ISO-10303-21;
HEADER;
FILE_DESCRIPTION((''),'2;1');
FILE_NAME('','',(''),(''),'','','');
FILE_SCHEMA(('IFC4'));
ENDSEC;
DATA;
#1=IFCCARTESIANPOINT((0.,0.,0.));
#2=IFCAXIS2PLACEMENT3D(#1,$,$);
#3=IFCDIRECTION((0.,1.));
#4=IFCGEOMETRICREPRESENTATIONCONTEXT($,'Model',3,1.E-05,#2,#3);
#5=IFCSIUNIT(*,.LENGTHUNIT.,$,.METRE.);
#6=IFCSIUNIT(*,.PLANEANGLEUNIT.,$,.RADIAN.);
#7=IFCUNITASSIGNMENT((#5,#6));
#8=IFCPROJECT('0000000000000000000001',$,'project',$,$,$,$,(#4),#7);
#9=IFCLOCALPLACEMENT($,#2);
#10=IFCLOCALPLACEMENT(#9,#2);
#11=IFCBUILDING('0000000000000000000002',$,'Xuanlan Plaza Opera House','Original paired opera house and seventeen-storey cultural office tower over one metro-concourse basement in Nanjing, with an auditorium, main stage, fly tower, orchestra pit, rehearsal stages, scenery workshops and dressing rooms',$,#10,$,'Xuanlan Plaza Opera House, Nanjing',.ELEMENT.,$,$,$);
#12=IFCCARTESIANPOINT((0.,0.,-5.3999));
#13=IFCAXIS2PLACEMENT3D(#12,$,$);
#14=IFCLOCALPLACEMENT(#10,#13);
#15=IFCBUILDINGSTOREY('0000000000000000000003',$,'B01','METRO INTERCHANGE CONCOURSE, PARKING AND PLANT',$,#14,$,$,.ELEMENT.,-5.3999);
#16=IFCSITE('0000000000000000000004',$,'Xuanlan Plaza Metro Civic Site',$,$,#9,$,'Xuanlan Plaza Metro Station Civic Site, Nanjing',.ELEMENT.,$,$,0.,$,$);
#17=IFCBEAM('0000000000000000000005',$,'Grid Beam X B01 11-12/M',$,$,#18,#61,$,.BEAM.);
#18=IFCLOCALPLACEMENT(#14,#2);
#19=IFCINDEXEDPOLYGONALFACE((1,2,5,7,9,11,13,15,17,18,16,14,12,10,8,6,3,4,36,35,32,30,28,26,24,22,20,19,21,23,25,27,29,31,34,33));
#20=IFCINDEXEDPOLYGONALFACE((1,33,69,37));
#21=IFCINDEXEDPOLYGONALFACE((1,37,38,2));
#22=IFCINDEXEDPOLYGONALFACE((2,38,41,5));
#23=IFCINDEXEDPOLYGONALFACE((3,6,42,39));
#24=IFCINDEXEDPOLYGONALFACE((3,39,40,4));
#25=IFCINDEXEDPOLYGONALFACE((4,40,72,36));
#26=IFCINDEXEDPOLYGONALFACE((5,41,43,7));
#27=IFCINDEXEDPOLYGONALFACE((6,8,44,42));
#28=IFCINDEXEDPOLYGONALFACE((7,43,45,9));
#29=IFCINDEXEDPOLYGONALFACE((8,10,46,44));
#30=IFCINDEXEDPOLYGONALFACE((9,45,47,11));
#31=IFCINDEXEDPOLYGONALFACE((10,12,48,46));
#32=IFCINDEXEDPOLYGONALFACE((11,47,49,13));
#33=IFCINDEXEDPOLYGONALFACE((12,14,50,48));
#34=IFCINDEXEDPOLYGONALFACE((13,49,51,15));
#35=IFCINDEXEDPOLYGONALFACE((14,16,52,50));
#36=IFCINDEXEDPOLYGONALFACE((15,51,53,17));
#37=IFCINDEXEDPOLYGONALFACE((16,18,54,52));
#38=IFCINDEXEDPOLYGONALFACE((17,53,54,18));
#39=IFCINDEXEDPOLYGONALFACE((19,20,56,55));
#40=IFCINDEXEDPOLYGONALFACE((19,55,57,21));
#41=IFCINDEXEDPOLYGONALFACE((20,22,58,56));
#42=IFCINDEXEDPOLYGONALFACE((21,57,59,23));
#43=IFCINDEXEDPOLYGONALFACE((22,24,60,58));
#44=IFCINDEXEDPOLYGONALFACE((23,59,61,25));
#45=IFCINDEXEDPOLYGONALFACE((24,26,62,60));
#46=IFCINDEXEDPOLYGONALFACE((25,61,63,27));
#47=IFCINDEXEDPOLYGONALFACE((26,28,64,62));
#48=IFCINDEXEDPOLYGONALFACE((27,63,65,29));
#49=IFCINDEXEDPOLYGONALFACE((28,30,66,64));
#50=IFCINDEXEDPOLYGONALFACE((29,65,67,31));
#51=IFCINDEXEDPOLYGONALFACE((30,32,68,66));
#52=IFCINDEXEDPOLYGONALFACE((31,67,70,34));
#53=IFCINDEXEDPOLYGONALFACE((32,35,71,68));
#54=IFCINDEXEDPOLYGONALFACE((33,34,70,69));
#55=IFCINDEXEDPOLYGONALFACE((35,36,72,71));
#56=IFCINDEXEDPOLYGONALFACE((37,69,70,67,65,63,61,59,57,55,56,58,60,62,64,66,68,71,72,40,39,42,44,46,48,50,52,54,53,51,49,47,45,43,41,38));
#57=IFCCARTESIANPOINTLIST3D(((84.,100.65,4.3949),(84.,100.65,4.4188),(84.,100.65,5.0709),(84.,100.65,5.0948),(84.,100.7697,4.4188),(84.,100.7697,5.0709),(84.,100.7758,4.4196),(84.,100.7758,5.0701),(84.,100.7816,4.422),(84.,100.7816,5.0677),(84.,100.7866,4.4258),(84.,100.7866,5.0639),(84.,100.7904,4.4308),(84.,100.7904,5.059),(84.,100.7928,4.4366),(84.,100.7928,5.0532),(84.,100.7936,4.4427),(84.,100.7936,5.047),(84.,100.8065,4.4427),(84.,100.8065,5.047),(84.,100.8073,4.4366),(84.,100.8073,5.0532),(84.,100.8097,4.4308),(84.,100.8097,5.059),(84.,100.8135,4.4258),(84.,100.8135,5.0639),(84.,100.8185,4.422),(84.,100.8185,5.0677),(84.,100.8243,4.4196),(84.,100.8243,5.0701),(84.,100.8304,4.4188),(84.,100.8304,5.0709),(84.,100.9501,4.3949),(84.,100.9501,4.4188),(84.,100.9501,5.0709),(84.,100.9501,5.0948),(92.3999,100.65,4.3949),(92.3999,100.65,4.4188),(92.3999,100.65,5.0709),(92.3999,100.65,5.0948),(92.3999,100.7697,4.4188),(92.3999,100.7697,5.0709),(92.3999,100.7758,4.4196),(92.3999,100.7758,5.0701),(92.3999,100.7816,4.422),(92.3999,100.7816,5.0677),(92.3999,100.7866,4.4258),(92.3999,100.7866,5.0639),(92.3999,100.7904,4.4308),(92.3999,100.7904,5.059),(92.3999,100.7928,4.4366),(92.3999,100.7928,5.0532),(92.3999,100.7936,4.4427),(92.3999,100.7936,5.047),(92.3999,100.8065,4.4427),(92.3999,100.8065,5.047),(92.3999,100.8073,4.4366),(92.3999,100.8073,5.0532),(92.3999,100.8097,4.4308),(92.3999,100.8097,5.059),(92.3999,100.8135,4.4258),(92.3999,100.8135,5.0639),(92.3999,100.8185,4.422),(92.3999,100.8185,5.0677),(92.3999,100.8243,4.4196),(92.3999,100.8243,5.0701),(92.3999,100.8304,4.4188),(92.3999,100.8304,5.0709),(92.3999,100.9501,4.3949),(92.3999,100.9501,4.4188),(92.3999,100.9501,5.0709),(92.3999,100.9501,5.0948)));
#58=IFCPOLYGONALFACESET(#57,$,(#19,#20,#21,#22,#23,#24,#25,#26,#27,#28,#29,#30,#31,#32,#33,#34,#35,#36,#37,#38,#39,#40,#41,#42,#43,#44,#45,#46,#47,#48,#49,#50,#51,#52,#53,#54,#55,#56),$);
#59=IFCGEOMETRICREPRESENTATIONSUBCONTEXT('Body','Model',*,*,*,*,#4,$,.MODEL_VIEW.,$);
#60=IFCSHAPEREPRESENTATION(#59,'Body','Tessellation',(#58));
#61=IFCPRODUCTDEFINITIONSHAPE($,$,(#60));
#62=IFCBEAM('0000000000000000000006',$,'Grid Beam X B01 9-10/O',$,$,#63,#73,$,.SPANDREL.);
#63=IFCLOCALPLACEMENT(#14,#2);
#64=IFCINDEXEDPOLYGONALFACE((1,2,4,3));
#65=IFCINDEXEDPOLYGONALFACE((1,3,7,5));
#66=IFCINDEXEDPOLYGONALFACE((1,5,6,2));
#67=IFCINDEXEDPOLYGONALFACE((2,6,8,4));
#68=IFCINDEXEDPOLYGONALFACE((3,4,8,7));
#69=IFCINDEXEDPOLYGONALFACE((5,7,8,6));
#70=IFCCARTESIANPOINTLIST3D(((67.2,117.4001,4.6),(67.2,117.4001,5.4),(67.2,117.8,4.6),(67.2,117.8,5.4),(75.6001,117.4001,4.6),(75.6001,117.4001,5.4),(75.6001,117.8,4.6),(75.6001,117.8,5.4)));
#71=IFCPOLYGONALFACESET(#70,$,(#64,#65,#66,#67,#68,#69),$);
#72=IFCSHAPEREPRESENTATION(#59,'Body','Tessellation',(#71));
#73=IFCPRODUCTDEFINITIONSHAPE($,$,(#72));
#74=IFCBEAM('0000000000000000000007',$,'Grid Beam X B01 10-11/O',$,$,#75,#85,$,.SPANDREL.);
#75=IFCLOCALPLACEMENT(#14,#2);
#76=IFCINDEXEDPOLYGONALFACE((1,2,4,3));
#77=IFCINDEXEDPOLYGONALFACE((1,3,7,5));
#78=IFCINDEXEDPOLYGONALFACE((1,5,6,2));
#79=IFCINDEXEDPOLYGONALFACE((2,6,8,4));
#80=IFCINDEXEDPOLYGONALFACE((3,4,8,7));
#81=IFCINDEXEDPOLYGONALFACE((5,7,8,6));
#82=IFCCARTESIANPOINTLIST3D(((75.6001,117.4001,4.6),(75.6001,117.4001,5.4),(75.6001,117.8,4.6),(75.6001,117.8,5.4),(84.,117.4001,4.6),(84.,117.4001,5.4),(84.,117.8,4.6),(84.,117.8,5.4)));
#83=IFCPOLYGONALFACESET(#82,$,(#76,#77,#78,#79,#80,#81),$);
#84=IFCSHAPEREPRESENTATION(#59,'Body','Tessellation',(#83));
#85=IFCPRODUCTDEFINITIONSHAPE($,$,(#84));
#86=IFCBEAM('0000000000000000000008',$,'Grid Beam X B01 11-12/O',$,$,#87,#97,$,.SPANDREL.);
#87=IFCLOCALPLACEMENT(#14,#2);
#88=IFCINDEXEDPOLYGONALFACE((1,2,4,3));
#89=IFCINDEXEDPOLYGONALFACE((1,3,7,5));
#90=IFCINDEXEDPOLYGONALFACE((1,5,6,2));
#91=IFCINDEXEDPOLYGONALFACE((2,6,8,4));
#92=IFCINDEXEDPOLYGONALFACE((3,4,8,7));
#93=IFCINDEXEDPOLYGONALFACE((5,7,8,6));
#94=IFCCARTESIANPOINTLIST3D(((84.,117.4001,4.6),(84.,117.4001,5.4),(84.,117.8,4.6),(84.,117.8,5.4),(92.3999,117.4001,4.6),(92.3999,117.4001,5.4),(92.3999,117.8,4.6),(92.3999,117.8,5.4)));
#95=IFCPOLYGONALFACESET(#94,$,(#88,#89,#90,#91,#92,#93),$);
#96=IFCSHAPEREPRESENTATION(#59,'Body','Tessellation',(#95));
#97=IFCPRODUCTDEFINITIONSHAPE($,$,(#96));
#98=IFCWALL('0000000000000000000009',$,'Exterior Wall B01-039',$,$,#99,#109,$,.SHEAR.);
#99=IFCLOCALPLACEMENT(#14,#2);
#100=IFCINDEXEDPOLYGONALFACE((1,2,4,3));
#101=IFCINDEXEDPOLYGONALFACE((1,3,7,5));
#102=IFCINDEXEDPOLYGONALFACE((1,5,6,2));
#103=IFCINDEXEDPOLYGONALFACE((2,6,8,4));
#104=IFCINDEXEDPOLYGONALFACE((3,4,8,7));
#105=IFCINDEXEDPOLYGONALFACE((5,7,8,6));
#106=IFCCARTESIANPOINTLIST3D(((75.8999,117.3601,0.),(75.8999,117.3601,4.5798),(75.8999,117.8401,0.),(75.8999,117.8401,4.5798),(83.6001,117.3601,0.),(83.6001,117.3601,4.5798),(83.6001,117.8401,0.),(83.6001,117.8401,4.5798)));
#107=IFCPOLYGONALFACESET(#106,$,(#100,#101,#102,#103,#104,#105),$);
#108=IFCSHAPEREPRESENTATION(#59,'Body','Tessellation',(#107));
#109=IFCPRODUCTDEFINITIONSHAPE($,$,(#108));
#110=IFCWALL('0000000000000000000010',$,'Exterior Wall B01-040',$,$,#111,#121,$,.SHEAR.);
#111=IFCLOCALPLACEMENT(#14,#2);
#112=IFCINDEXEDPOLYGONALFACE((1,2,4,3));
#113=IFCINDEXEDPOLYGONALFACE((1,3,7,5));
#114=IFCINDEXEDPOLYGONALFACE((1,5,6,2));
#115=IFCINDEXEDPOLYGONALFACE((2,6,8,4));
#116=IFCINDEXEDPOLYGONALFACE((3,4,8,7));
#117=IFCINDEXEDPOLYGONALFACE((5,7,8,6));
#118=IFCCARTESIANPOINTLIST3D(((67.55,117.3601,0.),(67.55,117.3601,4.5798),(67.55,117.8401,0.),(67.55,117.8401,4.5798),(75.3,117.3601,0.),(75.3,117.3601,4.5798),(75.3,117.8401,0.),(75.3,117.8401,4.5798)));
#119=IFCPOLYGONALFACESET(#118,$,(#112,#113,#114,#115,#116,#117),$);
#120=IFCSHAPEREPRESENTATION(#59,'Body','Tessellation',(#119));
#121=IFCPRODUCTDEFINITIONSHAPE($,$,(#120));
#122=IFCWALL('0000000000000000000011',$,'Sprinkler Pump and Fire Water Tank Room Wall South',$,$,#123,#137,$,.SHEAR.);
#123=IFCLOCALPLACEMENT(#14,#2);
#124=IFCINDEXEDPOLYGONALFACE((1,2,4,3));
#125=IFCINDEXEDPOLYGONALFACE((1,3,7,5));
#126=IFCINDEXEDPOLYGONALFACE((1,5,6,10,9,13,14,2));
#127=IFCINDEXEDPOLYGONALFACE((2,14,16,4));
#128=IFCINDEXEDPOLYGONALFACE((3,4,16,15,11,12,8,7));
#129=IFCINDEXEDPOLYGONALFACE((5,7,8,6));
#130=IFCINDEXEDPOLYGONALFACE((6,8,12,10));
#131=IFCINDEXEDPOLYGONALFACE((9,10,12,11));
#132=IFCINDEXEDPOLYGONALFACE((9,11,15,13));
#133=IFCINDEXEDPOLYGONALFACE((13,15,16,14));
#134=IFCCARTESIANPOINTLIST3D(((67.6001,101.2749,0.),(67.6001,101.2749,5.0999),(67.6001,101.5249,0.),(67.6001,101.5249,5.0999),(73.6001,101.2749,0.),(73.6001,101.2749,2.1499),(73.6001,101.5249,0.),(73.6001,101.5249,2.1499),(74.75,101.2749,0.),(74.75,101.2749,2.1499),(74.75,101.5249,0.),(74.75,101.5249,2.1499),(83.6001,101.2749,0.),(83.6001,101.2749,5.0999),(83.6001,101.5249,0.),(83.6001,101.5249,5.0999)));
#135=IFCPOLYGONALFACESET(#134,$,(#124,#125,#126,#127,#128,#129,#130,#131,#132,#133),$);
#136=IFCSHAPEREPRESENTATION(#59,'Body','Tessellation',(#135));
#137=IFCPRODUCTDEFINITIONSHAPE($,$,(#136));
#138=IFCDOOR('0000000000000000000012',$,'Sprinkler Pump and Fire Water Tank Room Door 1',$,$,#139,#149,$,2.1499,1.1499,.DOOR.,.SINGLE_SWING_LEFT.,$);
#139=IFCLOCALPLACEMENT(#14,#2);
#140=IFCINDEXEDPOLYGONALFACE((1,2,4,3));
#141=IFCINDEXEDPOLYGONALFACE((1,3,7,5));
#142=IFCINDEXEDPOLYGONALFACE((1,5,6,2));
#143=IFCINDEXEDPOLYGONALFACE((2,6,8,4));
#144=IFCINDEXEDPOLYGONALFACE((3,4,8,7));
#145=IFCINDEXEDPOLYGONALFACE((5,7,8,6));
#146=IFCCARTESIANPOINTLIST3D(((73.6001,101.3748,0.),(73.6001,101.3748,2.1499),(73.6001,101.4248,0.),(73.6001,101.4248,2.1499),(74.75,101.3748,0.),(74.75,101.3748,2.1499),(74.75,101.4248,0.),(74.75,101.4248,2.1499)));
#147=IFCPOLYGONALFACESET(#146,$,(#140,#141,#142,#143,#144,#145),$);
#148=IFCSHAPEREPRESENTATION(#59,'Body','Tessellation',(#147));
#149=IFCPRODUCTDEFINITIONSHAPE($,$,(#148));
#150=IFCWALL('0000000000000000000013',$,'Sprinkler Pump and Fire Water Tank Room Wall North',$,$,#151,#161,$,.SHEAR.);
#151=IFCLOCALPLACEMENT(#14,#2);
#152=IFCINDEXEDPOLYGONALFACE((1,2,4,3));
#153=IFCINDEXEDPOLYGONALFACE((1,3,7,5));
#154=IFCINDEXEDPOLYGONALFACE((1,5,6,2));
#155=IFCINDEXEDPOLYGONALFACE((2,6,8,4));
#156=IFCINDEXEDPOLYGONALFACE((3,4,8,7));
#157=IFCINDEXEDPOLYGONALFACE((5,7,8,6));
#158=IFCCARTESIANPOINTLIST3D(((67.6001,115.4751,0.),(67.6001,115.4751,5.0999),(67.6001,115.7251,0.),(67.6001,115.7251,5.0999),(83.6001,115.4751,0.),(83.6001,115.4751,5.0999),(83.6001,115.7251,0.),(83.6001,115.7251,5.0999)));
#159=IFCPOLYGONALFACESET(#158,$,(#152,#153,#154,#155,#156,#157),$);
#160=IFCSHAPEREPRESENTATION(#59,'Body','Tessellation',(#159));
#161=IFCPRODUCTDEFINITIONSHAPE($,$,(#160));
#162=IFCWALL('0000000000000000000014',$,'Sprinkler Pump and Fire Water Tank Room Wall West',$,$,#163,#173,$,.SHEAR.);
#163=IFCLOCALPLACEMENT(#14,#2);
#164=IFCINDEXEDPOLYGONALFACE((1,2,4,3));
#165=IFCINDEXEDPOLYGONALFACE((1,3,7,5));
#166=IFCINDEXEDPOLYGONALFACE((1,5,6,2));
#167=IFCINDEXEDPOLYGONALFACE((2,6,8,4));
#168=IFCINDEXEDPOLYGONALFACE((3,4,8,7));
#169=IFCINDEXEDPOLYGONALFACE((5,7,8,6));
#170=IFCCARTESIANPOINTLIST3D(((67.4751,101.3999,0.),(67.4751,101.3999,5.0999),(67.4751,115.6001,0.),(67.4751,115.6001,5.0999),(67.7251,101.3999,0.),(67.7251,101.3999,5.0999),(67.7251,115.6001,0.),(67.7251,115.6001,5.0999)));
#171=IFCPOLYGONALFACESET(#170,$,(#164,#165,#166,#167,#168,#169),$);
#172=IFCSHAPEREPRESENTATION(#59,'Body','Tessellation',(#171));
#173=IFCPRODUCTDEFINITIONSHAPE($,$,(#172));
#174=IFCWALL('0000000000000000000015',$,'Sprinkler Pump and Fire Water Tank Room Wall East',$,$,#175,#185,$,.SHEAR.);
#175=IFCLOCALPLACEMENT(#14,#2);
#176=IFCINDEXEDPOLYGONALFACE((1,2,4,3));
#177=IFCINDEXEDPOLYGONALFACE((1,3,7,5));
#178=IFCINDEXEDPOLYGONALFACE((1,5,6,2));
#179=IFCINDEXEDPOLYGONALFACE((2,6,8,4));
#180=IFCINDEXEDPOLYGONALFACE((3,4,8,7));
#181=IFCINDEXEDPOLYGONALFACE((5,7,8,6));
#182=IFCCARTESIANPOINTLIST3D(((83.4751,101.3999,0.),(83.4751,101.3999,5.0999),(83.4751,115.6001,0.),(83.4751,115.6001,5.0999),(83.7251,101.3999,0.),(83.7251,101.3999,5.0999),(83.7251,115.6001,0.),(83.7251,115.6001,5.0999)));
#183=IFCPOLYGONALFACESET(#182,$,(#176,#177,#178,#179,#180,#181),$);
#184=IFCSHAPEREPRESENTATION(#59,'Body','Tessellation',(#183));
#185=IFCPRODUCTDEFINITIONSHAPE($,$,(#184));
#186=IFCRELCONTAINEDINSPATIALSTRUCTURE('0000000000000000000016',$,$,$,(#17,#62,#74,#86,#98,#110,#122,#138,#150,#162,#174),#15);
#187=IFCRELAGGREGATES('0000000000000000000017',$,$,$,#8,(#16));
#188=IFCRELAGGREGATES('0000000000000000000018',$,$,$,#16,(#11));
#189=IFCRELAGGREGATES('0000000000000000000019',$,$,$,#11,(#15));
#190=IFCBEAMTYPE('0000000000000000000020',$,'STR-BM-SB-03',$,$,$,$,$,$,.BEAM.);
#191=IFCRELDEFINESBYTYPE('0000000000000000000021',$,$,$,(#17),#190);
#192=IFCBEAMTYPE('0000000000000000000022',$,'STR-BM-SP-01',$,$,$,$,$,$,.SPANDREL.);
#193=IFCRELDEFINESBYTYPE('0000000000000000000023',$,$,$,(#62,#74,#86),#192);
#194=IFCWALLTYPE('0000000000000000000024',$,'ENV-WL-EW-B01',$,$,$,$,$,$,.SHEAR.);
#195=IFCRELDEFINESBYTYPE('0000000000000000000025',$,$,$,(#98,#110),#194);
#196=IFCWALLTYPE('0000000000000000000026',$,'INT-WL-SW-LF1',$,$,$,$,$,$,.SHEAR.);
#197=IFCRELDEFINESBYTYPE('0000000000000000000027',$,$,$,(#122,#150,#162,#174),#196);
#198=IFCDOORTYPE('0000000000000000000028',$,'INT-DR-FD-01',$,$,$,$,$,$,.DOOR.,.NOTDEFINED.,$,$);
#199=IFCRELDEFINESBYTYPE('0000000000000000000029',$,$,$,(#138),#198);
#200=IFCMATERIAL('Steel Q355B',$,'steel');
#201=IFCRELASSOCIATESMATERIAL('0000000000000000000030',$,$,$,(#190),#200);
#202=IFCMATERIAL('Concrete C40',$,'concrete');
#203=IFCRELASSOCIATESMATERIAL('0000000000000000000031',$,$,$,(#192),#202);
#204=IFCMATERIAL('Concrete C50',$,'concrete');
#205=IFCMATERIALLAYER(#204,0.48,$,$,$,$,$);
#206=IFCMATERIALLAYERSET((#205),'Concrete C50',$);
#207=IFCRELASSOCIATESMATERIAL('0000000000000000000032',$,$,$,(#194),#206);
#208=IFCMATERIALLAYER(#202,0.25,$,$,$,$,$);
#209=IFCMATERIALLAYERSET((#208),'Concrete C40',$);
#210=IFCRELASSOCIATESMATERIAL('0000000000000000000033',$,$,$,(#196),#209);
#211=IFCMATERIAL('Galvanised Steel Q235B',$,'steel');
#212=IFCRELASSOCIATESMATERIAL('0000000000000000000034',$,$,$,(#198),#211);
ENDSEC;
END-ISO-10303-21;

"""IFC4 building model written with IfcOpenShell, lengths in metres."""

from ifc_helpers import new_model, si_unit, direction, frame, frame_2d, origin, origin_2d, place, context, subcontext, project, spatial, rectangle, i_section, extrude, material, layer, layer_set, material_profile, profile_set, type_object, element, fill, save


model = new_model("IFC4")

# Units and contexts
model_context = context("Model", 3, precision=1e-05, world=origin(), true_north=direction((0.0, 1.0)))
body_context = subcontext(model_context, "Body", "Model", "MODEL_VIEW")
ifc_project = project(units=[si_unit("LENGTHUNIT", "METRE"), si_unit("PLANEANGLEUNIT", "RADIAN")], contexts=[model_context])

# Site, building, storey
site_placement = place(None, origin())
site = spatial("IfcSite", under=ifc_project, at=site_placement, Name="Xuanlan Plaza Metro Civic Site", LongName="Xuanlan Plaza Metro Station Civic Site, Nanjing", CompositionType="ELEMENT", RefElevation=0.0)
building_placement = place(site_placement, origin())
building = spatial("IfcBuilding", under=site, at=building_placement, Name="Xuanlan Plaza Opera House", Description="Original paired opera house and seventeen-storey cultural office tower over one metro-concourse basement in Nanjing, with an auditorium, main stage, fly tower, orchestra pit, rehearsal stages, scenery workshops and dressing rooms", LongName="Xuanlan Plaza Opera House, Nanjing", CompositionType="ELEMENT")
storey_placement = place(building_placement, frame((0.0, 0.0, -5.3999)))
storey = spatial("IfcBuildingStorey", under=building, at=storey_placement, Name="B01", Description="METRO INTERCHANGE CONCOURSE, PARKING AND PLANT", CompositionType="ELEMENT", Elevation=-5.3999)

# Shared definitions
ifc_material_1 = material(Name="Concrete C50", Category="concrete")
ifc_material_2 = material(Name="Concrete C40", Category="concrete")

# Beams
ifc_material_3 = material(Name="Steel Q355B", Category="steel")
ifc_material_profile_1 = material_profile(ifc_material_3, i_section(OverallWidth=0.3, OverallDepth=0.7, WebThickness=0.0129, FlangeThickness=0.0239, FilletRadius=0.0239, at=origin_2d()), Name="HN 700x300x13x24")
ifc_profile_set_1 = profile_set([ifc_material_profile_1], Name="Steel Q355B")
beam_type_1 = type_object("IfcBeamType", Name="STR-BM-SB-03", PredefinedType="BEAM", material=ifc_profile_set_1)
beam_1_placement = place(storey_placement, frame((84.0, 100.8, 4.7449), z_axis=(1.0, 0.0, 0.0), x_axis=(0.0, 1.0, 0.0)))
element("IfcBeam", 1, at=beam_1_placement, inside=storey, type_object=beam_type_1, Name="Grid Beam X B01 11-12/M", PredefinedType="BEAM", context=body_context, shape_type="SweptSolid", body=[
    extrude(i_section(OverallWidth=0.3, OverallDepth=0.7, WebThickness=0.0129, FlangeThickness=0.0239, FilletRadius=0.0239, at=origin_2d()), origin(), (0.0, 0.0, 1.0), 8.3999),
])
ifc_material_profile_2 = material_profile(ifc_material_2, rectangle(XDim=0.3999, YDim=0.8, at=origin_2d()), Name="RC-SPD 400x800")
ifc_profile_set_2 = profile_set([ifc_material_profile_2], Name="Concrete C40")
beam_type_2 = type_object("IfcBeamType", Name="STR-BM-SP-01", PredefinedType="SPANDREL", material=ifc_profile_set_2)
beam_2_placement = place(storey_placement, frame((67.2, 117.6001, 5.0), z_axis=(1.0, 0.0, 0.0), x_axis=(0.0, 1.0, 0.0)))
element("IfcBeam", 2, at=beam_2_placement, inside=storey, type_object=beam_type_2, Name="Grid Beam X B01 9-10/O", PredefinedType="SPANDREL", context=body_context, shape_type="SweptSolid", body=[
    extrude(rectangle(XDim=0.3999, YDim=0.8, at=origin_2d()), origin(), (0.0, 0.0, 1.0), 8.4001),
])
for number, where, z_axis, x_axis, name in (
    (3, (75.6001, 117.6001, 5.0), (1.0, 0.0, 0.0), (0.0, 1.0, 0.0), "Grid Beam X B01 10-11/O"),
    (4, (84.0, 117.6001, 5.0), (1.0, 0.0, 0.0), (0.0, 1.0, 0.0), "Grid Beam X B01 11-12/O"),
):
    element("IfcBeam", number, at=place(storey_placement, frame(where, z_axis=z_axis, x_axis=x_axis)), inside=storey, type_object=beam_type_2, Name=name, PredefinedType="SPANDREL", context=body_context, shape_type="SweptSolid", body=[
        extrude(rectangle(XDim=0.3999, YDim=0.8, at=origin_2d()), origin(), (0.0, 0.0, 1.0), 8.3999),
    ])

# Walls
ifc_layer_1 = layer(ifc_material_1, 0.48)
ifc_layer_set_1 = layer_set([ifc_layer_1], Name="Concrete C50")
wall_type_1 = type_object("IfcWallType", Name="ENV-WL-EW-B01", PredefinedType="SHEAR", material=ifc_layer_set_1)
wall_1_placement = place(storey_placement, frame((83.6001, 117.6001, 0.0), z_axis=(0.0, 0.0, 1.0), x_axis=(-1.0, 0.0, 0.0)))
element("IfcWall", 5, at=wall_1_placement, inside=storey, type_object=wall_type_1, Name="Exterior Wall B01-039", PredefinedType="SHEAR", context=body_context, shape_type="SweptSolid", body=[
    extrude(rectangle(XDim=7.7002, YDim=0.48, at=frame_2d((3.8501, 0.0))), origin(), (0.0, 0.0, 1.0), 4.5798),
])
wall_2_placement = place(storey_placement, frame((75.3, 117.6001, 0.0), z_axis=(0.0, 0.0, 1.0), x_axis=(-1.0, 0.0, 0.0)))
element("IfcWall", 6, at=wall_2_placement, inside=storey, type_object=wall_type_1, Name="Exterior Wall B01-040", PredefinedType="SHEAR", context=body_context, shape_type="SweptSolid", body=[
    extrude(rectangle(XDim=7.75, YDim=0.48, at=frame_2d((3.875, 0.0))), origin(), (0.0, 0.0, 1.0), 4.5798),
])

# Wall, opening, door
ifc_layer_2 = layer(ifc_material_2, 0.25)
ifc_layer_set_2 = layer_set([ifc_layer_2], Name="Concrete C40")
wall_type_2 = type_object("IfcWallType", Name="INT-WL-SW-LF1", PredefinedType="SHEAR", material=ifc_layer_set_2)
wall_3_placement = place(storey_placement, frame((67.6001, 101.3999, 0.0), z_axis=(0.0, 0.0, 1.0), x_axis=(1.0, 0.0, 0.0)))
wall_3 = element("IfcWall", 7, at=wall_3_placement, inside=storey, type_object=wall_type_2, Name="Sprinkler Pump and Fire Water Tank Room Wall South", PredefinedType="SHEAR", context=body_context, shape_type="SweptSolid", body=[
    extrude(rectangle(XDim=16.0, YDim=0.25, at=frame_2d((8.0, 0.0))), origin(), (0.0, 0.0, 1.0), 5.0999),
])
opening_placement = place(wall_3_placement, frame((6.0, 0.0, 0.0)))
opening = element("IfcOpeningElement", 8, at=opening_placement, cuts=wall_3, PredefinedType="OPENING", context=body_context, shape_type="SweptSolid", body=[
    extrude(rectangle(XDim=1.1499, YDim=2.1499, at=frame_2d((0.575, 1.075))), frame((0.0, 0.135, 0.0), z_axis=(0.0, -1.0, 0.0), x_axis=(1.0, 0.0, 0.0)), (0.0, 0.0, 1.0), 0.27),
])
ifc_material_4 = material(Name="Galvanised Steel Q235B", Category="steel")
door_type = type_object("IfcDoorType", Name="INT-DR-FD-01", OperationType="NOTDEFINED", PredefinedType="DOOR", material=ifc_material_4)
door_placement = place(opening_placement, origin())
door = element("IfcDoor", 9, at=door_placement, inside=storey, type_object=door_type, Name="Sprinkler Pump and Fire Water Tank Room Door 1", OperationType="SINGLE_SWING_LEFT", OverallHeight=2.1499, OverallWidth=1.1499, PredefinedType="DOOR", context=body_context, shape_type="SweptSolid", body=[
    extrude(rectangle(XDim=1.1499, YDim=2.1499, at=frame_2d((0.575, 1.075))), frame((0.0, 0.0249, 0.0), z_axis=(0.0, -1.0, 0.0), x_axis=(1.0, 0.0, 0.0)), (0.0, 0.0, 1.0), 0.05),
])
fill(opening, door)

# Walls
wall_4_placement = place(storey_placement, frame((67.6001, 115.6001, 0.0), z_axis=(0.0, 0.0, 1.0), x_axis=(1.0, 0.0, 0.0)))
element("IfcWall", 10, at=wall_4_placement, inside=storey, type_object=wall_type_2, Name="Sprinkler Pump and Fire Water Tank Room Wall North", PredefinedType="SHEAR", context=body_context, shape_type="SweptSolid", body=[
    extrude(rectangle(XDim=16.0, YDim=0.25, at=frame_2d((8.0, 0.0))), origin(), (0.0, 0.0, 1.0), 5.0999),
])
for number, where, z_axis, x_axis, name in (
    (11, (67.6001, 101.3999, 0.0), (0.0, 0.0, 1.0), (0.0, 1.0, 0.0), "Sprinkler Pump and Fire Water Tank Room Wall West"),
    (12, (83.6001, 101.3999, 0.0), (0.0, 0.0, 1.0), (0.0, 1.0, 0.0), "Sprinkler Pump and Fire Water Tank Room Wall East"),
):
    element("IfcWall", number, at=place(storey_placement, frame(where, z_axis=z_axis, x_axis=x_axis)), inside=storey, type_object=wall_type_2, Name=name, PredefinedType="SHEAR", context=body_context, shape_type="SweptSolid", body=[
        extrude(rectangle(XDim=14.2002, YDim=0.25, at=frame_2d((7.1001, 0.0))), origin(), (0.0, 0.0, 1.0), 5.0999),
    ])

save(model, "model.ifc")
